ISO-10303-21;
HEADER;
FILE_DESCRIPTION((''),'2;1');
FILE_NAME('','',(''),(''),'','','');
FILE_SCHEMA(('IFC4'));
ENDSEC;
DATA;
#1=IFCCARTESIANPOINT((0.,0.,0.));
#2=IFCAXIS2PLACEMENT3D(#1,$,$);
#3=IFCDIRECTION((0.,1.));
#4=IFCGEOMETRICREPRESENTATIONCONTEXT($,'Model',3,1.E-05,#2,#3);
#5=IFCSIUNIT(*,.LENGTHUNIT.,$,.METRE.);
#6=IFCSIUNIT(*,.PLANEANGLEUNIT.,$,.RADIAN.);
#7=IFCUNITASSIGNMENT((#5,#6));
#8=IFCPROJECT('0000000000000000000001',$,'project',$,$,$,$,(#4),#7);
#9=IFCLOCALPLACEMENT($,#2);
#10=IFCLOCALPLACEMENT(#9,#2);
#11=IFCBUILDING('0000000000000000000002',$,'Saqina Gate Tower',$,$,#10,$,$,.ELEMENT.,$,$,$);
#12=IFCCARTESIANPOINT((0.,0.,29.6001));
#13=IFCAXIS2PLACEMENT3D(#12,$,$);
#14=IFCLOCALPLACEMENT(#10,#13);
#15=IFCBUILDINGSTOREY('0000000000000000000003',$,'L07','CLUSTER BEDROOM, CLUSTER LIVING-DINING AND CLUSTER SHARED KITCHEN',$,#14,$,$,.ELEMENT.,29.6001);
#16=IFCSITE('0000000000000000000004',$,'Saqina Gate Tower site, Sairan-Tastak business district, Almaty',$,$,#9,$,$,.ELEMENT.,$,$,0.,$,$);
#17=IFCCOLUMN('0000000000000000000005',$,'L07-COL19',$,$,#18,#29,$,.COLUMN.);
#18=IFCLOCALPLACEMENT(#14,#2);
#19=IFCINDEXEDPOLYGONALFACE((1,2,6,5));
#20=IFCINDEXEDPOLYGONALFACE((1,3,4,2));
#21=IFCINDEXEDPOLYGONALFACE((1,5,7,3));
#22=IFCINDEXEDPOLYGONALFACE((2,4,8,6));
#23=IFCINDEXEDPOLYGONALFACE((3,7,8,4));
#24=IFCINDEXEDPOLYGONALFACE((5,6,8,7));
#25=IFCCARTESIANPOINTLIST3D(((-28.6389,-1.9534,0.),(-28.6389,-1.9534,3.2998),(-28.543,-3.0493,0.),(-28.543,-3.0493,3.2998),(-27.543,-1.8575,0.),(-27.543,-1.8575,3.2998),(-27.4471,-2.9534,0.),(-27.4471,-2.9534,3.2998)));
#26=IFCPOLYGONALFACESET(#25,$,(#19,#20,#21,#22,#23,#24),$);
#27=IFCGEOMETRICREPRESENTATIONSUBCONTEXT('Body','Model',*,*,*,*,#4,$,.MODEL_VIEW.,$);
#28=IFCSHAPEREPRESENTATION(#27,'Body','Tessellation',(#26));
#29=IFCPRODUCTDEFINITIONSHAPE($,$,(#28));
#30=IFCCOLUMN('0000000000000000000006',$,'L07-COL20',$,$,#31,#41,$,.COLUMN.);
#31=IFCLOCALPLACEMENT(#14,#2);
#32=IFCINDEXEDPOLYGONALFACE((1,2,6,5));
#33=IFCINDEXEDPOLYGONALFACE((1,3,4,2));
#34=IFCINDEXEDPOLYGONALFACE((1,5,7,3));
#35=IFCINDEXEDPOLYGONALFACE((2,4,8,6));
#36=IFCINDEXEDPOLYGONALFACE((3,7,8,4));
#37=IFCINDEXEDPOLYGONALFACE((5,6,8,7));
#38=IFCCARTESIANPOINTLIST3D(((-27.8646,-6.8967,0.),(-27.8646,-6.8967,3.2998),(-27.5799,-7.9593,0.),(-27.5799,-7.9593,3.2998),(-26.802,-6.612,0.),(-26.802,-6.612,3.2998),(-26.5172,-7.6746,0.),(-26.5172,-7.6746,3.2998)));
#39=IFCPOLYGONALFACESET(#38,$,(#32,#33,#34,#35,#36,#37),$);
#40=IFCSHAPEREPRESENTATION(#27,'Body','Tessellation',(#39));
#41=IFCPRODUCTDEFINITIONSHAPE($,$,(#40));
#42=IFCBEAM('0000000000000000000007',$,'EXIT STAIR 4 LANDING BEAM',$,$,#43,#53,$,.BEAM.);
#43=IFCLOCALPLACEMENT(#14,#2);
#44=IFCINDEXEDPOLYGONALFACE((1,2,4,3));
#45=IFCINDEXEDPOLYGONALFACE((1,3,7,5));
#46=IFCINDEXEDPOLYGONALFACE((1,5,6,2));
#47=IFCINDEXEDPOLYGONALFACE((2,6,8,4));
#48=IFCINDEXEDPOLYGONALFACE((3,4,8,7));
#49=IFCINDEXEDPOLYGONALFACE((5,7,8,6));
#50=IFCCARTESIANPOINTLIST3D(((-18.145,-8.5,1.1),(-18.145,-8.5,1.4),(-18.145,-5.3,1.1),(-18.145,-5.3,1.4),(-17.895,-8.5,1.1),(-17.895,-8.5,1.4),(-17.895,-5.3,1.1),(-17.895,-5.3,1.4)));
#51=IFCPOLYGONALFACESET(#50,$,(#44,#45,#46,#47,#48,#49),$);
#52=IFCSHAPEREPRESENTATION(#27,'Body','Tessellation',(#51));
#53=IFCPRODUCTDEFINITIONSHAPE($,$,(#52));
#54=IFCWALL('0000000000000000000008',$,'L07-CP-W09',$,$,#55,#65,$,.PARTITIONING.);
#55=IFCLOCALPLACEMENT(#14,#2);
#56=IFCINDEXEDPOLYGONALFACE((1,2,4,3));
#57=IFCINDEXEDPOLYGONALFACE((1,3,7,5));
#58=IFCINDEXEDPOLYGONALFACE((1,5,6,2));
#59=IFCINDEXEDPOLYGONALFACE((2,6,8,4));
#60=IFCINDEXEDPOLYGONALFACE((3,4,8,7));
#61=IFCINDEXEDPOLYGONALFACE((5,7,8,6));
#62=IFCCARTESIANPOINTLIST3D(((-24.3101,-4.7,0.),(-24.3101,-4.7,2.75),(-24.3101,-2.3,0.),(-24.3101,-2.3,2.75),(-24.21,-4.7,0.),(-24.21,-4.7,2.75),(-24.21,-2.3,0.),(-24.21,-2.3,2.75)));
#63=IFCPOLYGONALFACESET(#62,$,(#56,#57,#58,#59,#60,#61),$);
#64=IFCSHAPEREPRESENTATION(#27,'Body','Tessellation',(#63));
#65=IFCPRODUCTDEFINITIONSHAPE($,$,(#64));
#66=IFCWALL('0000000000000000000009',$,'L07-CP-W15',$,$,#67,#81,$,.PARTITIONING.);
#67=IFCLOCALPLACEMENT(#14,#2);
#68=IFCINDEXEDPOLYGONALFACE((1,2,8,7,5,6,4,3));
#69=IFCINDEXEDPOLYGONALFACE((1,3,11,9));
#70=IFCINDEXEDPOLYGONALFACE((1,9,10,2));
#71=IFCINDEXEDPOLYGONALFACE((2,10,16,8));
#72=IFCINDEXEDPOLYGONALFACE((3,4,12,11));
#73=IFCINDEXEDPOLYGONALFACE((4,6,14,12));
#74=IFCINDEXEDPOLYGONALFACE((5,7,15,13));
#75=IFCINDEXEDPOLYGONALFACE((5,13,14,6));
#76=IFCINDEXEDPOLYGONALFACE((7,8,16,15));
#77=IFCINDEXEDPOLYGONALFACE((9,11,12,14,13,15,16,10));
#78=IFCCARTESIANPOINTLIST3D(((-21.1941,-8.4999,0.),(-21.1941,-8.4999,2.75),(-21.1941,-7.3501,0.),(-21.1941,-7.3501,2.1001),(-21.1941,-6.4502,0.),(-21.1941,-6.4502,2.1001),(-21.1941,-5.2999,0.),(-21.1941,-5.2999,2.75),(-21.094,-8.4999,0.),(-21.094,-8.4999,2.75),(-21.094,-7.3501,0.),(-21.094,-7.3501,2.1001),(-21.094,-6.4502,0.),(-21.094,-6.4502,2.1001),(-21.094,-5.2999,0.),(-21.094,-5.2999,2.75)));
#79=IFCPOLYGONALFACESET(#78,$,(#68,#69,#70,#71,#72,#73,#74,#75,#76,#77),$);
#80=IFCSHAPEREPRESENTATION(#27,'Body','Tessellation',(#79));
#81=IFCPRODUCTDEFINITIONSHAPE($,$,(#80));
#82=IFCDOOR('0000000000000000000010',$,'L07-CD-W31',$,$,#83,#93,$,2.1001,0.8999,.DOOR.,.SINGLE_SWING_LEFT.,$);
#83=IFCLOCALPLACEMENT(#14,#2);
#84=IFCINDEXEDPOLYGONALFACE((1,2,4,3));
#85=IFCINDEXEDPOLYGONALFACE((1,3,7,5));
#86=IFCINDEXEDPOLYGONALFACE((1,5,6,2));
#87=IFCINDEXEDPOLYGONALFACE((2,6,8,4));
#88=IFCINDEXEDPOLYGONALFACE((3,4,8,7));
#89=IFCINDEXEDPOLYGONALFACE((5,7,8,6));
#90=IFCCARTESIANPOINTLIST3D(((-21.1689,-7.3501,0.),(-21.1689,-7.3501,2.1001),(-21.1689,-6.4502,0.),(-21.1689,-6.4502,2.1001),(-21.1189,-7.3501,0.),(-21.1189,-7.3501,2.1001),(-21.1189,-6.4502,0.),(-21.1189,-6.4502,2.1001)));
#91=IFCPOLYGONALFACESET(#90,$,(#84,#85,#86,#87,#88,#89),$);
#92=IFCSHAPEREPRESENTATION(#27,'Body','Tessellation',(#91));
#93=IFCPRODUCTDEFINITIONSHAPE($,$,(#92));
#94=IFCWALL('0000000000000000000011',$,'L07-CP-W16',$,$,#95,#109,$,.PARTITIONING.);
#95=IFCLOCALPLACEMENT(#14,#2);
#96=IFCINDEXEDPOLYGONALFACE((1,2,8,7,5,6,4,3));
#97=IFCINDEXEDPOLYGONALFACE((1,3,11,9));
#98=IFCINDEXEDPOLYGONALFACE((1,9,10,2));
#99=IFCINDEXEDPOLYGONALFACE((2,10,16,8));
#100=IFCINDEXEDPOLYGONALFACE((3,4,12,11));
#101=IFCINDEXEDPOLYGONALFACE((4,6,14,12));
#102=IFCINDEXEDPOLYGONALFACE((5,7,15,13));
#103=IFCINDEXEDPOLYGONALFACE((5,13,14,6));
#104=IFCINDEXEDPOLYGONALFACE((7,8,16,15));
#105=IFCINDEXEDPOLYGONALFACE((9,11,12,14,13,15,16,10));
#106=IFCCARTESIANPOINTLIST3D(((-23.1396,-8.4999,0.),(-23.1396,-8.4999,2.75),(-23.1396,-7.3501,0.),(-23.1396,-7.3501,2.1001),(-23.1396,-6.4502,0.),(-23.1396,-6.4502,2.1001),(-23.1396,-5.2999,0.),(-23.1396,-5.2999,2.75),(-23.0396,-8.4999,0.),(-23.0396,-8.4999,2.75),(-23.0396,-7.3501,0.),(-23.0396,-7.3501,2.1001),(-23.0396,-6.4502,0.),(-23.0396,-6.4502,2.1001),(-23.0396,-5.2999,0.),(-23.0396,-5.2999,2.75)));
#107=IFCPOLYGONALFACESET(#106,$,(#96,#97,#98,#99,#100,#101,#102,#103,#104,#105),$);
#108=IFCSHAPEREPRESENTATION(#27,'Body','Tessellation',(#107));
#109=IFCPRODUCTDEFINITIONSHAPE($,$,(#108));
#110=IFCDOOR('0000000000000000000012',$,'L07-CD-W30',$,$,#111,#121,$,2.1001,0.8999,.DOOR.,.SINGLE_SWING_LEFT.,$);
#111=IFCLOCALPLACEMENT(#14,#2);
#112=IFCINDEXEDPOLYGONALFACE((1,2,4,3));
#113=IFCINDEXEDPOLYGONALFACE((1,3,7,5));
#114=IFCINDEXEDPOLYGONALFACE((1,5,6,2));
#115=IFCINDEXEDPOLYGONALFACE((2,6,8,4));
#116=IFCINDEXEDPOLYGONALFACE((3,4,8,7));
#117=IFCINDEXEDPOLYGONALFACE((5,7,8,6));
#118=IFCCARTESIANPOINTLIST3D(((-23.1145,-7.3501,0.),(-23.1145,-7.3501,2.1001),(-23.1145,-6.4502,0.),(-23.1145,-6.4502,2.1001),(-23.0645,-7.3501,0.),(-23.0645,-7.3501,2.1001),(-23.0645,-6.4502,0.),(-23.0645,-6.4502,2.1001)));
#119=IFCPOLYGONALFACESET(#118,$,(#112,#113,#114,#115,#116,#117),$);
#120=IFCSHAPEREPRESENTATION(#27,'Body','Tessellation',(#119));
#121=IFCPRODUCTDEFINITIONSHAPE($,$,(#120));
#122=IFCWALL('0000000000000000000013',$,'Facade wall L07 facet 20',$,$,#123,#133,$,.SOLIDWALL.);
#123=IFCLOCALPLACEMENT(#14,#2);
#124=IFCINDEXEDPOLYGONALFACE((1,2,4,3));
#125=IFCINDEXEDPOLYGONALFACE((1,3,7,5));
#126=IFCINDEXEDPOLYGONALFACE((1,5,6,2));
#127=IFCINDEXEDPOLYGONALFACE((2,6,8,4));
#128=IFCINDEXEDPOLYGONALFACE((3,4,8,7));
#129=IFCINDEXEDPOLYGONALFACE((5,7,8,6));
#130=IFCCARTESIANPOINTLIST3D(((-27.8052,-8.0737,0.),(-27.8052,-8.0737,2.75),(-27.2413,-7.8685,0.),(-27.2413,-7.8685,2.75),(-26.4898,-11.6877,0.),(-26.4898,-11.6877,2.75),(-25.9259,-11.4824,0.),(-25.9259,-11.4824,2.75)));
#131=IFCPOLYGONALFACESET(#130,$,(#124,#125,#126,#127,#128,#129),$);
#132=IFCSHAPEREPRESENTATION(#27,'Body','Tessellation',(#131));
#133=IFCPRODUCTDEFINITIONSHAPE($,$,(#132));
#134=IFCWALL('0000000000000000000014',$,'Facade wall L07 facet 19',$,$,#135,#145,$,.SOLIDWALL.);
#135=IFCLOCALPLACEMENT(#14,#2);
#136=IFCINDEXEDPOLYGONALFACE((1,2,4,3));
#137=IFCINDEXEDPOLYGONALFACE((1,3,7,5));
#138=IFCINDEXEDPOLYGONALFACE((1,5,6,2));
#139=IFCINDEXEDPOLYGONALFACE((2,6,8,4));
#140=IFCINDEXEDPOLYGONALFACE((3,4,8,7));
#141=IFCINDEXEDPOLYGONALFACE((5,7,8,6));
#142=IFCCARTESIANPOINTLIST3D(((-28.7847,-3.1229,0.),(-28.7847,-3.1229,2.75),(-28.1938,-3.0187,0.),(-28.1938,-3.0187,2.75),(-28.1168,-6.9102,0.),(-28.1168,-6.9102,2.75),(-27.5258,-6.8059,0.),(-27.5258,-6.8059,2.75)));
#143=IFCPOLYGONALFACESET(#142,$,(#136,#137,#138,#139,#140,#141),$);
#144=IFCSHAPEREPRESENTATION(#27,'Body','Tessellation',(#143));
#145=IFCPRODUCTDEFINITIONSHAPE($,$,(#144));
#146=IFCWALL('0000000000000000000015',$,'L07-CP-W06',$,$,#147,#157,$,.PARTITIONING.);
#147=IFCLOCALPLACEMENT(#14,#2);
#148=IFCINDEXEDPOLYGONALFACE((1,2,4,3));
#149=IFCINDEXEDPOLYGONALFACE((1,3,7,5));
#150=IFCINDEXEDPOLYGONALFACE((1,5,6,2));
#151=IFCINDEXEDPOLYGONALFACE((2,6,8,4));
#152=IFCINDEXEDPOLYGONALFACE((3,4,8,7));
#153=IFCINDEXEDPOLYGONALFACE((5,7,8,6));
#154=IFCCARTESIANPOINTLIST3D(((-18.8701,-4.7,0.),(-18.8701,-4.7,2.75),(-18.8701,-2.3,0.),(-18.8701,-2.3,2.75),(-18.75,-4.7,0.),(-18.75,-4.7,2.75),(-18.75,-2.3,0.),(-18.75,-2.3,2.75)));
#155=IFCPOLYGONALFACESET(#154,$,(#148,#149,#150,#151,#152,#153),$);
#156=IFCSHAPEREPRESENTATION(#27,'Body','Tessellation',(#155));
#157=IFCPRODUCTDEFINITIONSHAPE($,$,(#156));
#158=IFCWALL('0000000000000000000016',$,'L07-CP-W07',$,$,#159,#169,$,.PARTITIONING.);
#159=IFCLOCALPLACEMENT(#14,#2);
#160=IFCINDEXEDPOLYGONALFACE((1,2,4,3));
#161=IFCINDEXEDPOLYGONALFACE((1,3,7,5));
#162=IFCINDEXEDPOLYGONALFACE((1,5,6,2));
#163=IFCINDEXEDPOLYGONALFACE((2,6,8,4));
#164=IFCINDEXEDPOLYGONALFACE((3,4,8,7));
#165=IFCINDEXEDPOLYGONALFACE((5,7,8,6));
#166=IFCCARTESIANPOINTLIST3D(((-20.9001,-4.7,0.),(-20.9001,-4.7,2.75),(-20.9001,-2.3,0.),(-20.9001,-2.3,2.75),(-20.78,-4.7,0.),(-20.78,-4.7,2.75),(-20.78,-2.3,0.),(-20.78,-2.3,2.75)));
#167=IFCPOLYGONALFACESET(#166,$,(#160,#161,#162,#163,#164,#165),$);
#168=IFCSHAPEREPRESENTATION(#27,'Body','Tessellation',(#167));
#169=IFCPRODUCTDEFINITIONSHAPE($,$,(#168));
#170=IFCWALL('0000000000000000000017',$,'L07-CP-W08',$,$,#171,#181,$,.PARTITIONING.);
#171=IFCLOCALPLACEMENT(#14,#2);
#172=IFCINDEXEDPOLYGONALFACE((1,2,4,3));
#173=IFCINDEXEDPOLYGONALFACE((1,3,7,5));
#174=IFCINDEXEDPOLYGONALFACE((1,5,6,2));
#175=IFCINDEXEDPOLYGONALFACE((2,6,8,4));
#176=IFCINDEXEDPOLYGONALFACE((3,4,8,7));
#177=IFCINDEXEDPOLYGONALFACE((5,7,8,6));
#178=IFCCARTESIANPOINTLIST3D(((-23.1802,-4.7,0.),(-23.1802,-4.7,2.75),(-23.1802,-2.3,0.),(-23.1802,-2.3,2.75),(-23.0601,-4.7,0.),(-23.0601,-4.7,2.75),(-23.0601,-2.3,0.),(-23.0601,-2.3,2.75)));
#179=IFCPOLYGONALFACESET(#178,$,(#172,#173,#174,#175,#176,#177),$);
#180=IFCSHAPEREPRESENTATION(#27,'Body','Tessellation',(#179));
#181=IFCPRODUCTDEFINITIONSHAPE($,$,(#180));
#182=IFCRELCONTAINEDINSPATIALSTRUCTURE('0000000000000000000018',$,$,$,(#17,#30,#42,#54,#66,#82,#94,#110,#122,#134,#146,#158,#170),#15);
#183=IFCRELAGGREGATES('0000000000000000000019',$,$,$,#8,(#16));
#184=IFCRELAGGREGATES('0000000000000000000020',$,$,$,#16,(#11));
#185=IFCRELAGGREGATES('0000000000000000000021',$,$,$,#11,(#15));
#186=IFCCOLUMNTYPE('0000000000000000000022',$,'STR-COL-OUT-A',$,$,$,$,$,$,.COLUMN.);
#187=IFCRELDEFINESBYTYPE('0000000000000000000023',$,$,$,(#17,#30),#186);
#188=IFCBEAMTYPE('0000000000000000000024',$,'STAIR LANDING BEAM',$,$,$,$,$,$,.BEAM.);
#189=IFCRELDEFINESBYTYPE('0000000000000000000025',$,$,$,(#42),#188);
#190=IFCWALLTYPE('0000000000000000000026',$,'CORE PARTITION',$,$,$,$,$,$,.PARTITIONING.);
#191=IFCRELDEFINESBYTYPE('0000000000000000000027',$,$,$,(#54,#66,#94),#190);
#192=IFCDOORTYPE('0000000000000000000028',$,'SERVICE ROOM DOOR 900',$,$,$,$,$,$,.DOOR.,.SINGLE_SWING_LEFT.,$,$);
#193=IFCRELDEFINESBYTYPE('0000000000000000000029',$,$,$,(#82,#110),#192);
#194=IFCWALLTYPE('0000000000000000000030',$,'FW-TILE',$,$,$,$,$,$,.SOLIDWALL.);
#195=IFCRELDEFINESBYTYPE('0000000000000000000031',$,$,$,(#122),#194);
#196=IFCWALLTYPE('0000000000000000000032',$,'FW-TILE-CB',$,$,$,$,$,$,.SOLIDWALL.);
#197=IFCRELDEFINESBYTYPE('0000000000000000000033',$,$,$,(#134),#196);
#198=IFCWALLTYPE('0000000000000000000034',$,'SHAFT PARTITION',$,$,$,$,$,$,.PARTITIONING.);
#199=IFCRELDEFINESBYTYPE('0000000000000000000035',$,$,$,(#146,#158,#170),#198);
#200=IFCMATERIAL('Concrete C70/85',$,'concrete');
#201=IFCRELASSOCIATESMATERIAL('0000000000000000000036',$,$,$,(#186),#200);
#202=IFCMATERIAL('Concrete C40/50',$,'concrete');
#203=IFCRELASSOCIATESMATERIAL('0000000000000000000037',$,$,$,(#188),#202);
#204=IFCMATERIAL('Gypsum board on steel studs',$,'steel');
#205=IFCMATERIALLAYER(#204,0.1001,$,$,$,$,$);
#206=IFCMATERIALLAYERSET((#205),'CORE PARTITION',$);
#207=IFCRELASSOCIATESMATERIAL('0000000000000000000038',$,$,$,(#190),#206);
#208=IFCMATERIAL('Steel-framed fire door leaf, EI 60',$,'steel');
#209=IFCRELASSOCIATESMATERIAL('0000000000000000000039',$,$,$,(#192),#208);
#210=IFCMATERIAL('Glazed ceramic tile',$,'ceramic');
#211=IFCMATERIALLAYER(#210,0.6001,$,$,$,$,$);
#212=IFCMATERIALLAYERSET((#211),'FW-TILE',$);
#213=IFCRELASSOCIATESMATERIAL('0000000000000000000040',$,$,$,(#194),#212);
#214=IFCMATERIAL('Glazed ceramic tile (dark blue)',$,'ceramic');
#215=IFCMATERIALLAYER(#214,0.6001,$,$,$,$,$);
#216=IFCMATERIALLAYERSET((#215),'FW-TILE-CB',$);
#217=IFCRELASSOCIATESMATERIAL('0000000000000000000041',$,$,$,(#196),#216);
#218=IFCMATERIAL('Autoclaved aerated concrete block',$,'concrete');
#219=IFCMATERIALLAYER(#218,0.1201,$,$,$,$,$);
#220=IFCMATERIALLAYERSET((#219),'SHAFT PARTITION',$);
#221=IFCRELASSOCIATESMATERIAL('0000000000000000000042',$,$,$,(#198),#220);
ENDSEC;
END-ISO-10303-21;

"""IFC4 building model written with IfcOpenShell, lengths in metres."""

from ifc_helpers import new_model, si_unit, direction, frame, frame_2d, origin, origin_2d, place, context, subcontext, project, spatial, rectangle, extrude, material, layer, layer_set, material_profile, profile_set, type_object, element, fill, save


model = new_model("IFC4")

# Units and contexts
model_context = context("Model", 3, precision=1e-05, world=origin(), true_north=direction((0.0, 1.0)))
body_context = subcontext(model_context, "Body", "Model", "MODEL_VIEW")
ifc_project = project(units=[si_unit("LENGTHUNIT", "METRE"), si_unit("PLANEANGLEUNIT", "RADIAN")], contexts=[model_context])

# Site, building, storey
site_placement = place(None, origin())
site = spatial("IfcSite", under=ifc_project, at=site_placement, Name="Saqina Gate Tower site, Sairan-Tastak business district, Almaty", CompositionType="ELEMENT", RefElevation=0.0)
building_placement = place(site_placement, origin())
building = spatial("IfcBuilding", under=site, at=building_placement, Name="Saqina Gate Tower", CompositionType="ELEMENT")
storey_placement = place(building_placement, frame((0.0, 0.0, 29.6001)))
storey = spatial("IfcBuildingStorey", under=building, at=storey_placement, Name="L07", Description="CLUSTER BEDROOM, CLUSTER LIVING-DINING AND CLUSTER SHARED KITCHEN", CompositionType="ELEMENT", Elevation=29.6001)

# Columns
ifc_material_1 = material(Name="Concrete C70/85", Category="concrete")
ifc_material_profile_1 = material_profile(ifc_material_1, rectangle(XDim=1.1001, YDim=1.1001, at=origin_2d()), Name="RC 1100x1100")
ifc_profile_set_1 = profile_set([ifc_material_profile_1], Name="Concrete C70/85")
column_type = type_object("IfcColumnType", Name="STR-COL-OUT-A", PredefinedType="COLUMN", material=ifc_profile_set_1)
for number, where, z_axis, x_axis, name in (
    (1, (-28.043, -2.4534, 0.0), (0.0, 0.0, 1.0), (-0.996195, -0.087156, 0.0), "L07-COL19"),
    (2, (-27.1909, -7.2856, 0.0), (0.0, 0.0, 1.0), (-0.965926, -0.258819, 0.0), "L07-COL20"),
):
    element("IfcColumn", number, at=place(storey_placement, frame(where, z_axis=z_axis, x_axis=x_axis)), inside=storey, type_object=column_type, Name=name, PredefinedType="COLUMN", context=body_context, shape_type="SweptSolid", body=[
        extrude(rectangle(XDim=1.1001, YDim=1.1001, at=origin_2d()), origin(), (0.0, 0.0, 1.0), 3.2998),
    ])

# Beam
ifc_material_2 = material(Name="Concrete C40/50", Category="concrete")
ifc_material_profile_2 = material_profile(ifc_material_2, rectangle(XDim=0.25, YDim=0.3, at=origin_2d()), Name="STAIR LANDING BEAM")
ifc_profile_set_2 = profile_set([ifc_material_profile_2], Name="Concrete C40/50")
beam_type = type_object("IfcBeamType", Name="STAIR LANDING BEAM", PredefinedType="BEAM", material=ifc_profile_set_2)
beam_placement = place(storey_placement, frame((-18.02, -8.5, 1.25), z_axis=(0.0, 1.0, 0.0), x_axis=(-1.0, 0.0, 0.0)))
element("IfcBeam", 3, at=beam_placement, inside=storey, type_object=beam_type, Name="EXIT STAIR 4 LANDING BEAM", PredefinedType="BEAM", context=body_context, shape_type="SweptSolid", body=[
    extrude(rectangle(XDim=0.25, YDim=0.3, at=origin_2d()), origin(), (0.0, 0.0, 1.0), 3.2),
])

# Wall
ifc_material_3 = material(Name="Gypsum board on steel studs", Category="steel")
ifc_layer_1 = layer(ifc_material_3, 0.1001)
ifc_layer_set_1 = layer_set([ifc_layer_1], Name="CORE PARTITION")
wall_type_1 = type_object("IfcWallType", Name="CORE PARTITION", PredefinedType="PARTITIONING", material=ifc_layer_set_1)
wall_1_placement = place(storey_placement, frame((-24.26, -4.7, 0.0), z_axis=(0.0, 0.0, 1.0), x_axis=(0.0, 1.0, 0.0)))
element("IfcWall", 4, at=wall_1_placement, inside=storey, type_object=wall_type_1, Name="L07-CP-W09", PredefinedType="PARTITIONING", context=body_context, shape_type="SweptSolid", body=[
    extrude(rectangle(XDim=2.3999, YDim=0.1001, at=frame_2d((1.2, 0.0))), origin(), (0.0, 0.0, 1.0), 2.75),
])

# Walls, openings, doors
wall_2_placement = place(storey_placement, frame((-21.144, -8.5, 0.0), z_axis=(0.0, 0.0, 1.0), x_axis=(0.0, 1.0, 0.0)))
wall_2 = element("IfcWall", 5, at=wall_2_placement, inside=storey, type_object=wall_type_1, Name="L07-CP-W15", PredefinedType="PARTITIONING", context=body_context, shape_type="SweptSolid", body=[
    extrude(rectangle(XDim=3.2, YDim=0.1001, at=frame_2d((1.6001, 0.0))), origin(), (0.0, 0.0, 1.0), 2.75),
])
opening_1_placement = place(wall_2_placement, frame((1.1499, 0.0, 0.0)))
opening_1 = element("IfcOpeningElement", 6, at=opening_1_placement, cuts=wall_2, PredefinedType="OPENING", context=body_context, shape_type="SweptSolid", body=[
    extrude(rectangle(XDim=0.8999, YDim=2.1001, at=frame_2d((0.45, 1.05))), frame((0.0, 0.062, 0.0), z_axis=(0.0, -1.0, 0.0), x_axis=(1.0, 0.0, 0.0)), (0.0, 0.0, 1.0), 0.124),
])
ifc_material_4 = material(Name="Steel-framed fire door leaf, EI 60", Category="steel")
door_type = type_object("IfcDoorType", Name="SERVICE ROOM DOOR 900", OperationType="SINGLE_SWING_LEFT", PredefinedType="DOOR", material=ifc_material_4)
door_1_placement = place(opening_1_placement, origin())
door_1 = element("IfcDoor", 7, at=door_1_placement, inside=storey, type_object=door_type, Name="L07-CD-W31", OperationType="SINGLE_SWING_LEFT", OverallHeight=2.1001, OverallWidth=0.8999, PredefinedType="DOOR", context=body_context, shape_type="SweptSolid", body=[
    extrude(rectangle(XDim=0.8999, YDim=2.1001, at=frame_2d((0.45, 1.05))), frame((0.0, 0.0249, 0.0), z_axis=(0.0, -1.0, 0.0), x_axis=(1.0, 0.0, 0.0)), (0.0, 0.0, 1.0), 0.05),
])
fill(opening_1, door_1)
wall_3_placement = place(storey_placement, frame((-23.0896, -8.5, 0.0), z_axis=(0.0, 0.0, 1.0), x_axis=(0.0, 1.0, 0.0)))
wall_3 = element("IfcWall", 8, at=wall_3_placement, inside=storey, type_object=wall_type_1, Name="L07-CP-W16", PredefinedType="PARTITIONING", context=body_context, shape_type="SweptSolid", body=[
    extrude(rectangle(XDim=3.2, YDim=0.1001, at=frame_2d((1.6001, 0.0))), origin(), (0.0, 0.0, 1.0), 2.75),
])
opening_2_placement = place(wall_3_placement, frame((1.1499, 0.0, 0.0)))
opening_2 = element("IfcOpeningElement", 9, at=opening_2_placement, cuts=wall_3, PredefinedType="OPENING", context=body_context, shape_type="SweptSolid", body=[
    extrude(rectangle(XDim=0.8999, YDim=2.1001, at=frame_2d((0.45, 1.05))), frame((0.0, 0.062, 0.0), z_axis=(0.0, -1.0, 0.0), x_axis=(1.0, 0.0, 0.0)), (0.0, 0.0, 1.0), 0.124),
])
door_2_placement = place(opening_2_placement, origin())
door_2 = element("IfcDoor", 10, at=door_2_placement, inside=storey, type_object=door_type, Name="L07-CD-W30", OperationType="SINGLE_SWING_LEFT", OverallHeight=2.1001, OverallWidth=0.8999, PredefinedType="DOOR", context=body_context, shape_type="SweptSolid", body=[
    extrude(rectangle(XDim=0.8999, YDim=2.1001, at=frame_2d((0.45, 1.05))), frame((0.0, 0.0249, 0.0), z_axis=(0.0, -1.0, 0.0), x_axis=(1.0, 0.0, 0.0)), (0.0, 0.0, 1.0), 0.05),
])
fill(opening_2, door_2)

# Walls
ifc_material_5 = material(Name="Glazed ceramic tile", Category="ceramic")
ifc_layer_2 = layer(ifc_material_5, 0.6001)
ifc_layer_set_2 = layer_set([ifc_layer_2], Name="FW-TILE")
wall_type_2 = type_object("IfcWallType", Name="FW-TILE", PredefinedType="SOLIDWALL", material=ifc_layer_set_2)
wall_4_placement = place(storey_placement, frame((-27.5232, -7.9712, 0.0), z_axis=(0.0, 0.0, 1.0), x_axis=(0.342028, -0.93969, 0.0)))
element("IfcWall", 11, at=wall_4_placement, inside=storey, type_object=wall_type_2, Name="Facade wall L07 facet 20", PredefinedType="SOLIDWALL", context=body_context, shape_type="SweptSolid", body=[
    extrude(rectangle(XDim=3.8459, YDim=0.6001, at=frame_2d((1.9229, 0.0))), origin(), (0.0, 0.0, 1.0), 2.75),
])
ifc_material_6 = material(Name="Glazed ceramic tile (dark blue)", Category="ceramic")
ifc_layer_3 = layer(ifc_material_6, 0.6001)
ifc_layer_set_3 = layer_set([ifc_layer_3], Name="FW-TILE-CB")
wall_type_3 = type_object("IfcWallType", Name="FW-TILE-CB", PredefinedType="SOLIDWALL", material=ifc_layer_set_3)
wall_5_placement = place(storey_placement, frame((-28.4893, -3.0708, 0.0), z_axis=(0.0, 0.0, 1.0), x_axis=(0.173688, -0.984801, 0.0)))
element("IfcWall", 12, at=wall_5_placement, inside=storey, type_object=wall_type_3, Name="Facade wall L07 facet 19", PredefinedType="SOLIDWALL", context=body_context, shape_type="SweptSolid", body=[
    extrude(rectangle(XDim=3.8457, YDim=0.6001, at=frame_2d((1.9229, 0.0))), origin(), (0.0, 0.0, 1.0), 2.75),
])
ifc_material_7 = material(Name="Autoclaved aerated concrete block", Category="concrete")
ifc_layer_4 = layer(ifc_material_7, 0.1201)
ifc_layer_set_4 = layer_set([ifc_layer_4], Name="SHAFT PARTITION")
wall_type_4 = type_object("IfcWallType", Name="SHAFT PARTITION", PredefinedType="PARTITIONING", material=ifc_layer_set_4)
for number, where, z_axis, x_axis, name in (
    (13, (-18.8101, -4.7, 0.0), (0.0, 0.0, 1.0), (0.0, 1.0, 0.0), "L07-CP-W06"),
    (14, (-20.8401, -4.7, 0.0), (0.0, 0.0, 1.0), (0.0, 1.0, 0.0), "L07-CP-W07"),
    (15, (-23.1201, -4.7, 0.0), (0.0, 0.0, 1.0), (0.0, 1.0, 0.0), "L07-CP-W08"),
):
    element("IfcWall", number, at=place(storey_placement, frame(where, z_axis=z_axis, x_axis=x_axis)), inside=storey, type_object=wall_type_4, Name=name, PredefinedType="PARTITIONING", context=body_context, shape_type="SweptSolid", body=[
        extrude(rectangle(XDim=2.3999, YDim=0.1201, at=frame_2d((1.2, 0.0))), origin(), (0.0, 0.0, 1.0), 2.75),
    ])

save(model, "model.ifc")
